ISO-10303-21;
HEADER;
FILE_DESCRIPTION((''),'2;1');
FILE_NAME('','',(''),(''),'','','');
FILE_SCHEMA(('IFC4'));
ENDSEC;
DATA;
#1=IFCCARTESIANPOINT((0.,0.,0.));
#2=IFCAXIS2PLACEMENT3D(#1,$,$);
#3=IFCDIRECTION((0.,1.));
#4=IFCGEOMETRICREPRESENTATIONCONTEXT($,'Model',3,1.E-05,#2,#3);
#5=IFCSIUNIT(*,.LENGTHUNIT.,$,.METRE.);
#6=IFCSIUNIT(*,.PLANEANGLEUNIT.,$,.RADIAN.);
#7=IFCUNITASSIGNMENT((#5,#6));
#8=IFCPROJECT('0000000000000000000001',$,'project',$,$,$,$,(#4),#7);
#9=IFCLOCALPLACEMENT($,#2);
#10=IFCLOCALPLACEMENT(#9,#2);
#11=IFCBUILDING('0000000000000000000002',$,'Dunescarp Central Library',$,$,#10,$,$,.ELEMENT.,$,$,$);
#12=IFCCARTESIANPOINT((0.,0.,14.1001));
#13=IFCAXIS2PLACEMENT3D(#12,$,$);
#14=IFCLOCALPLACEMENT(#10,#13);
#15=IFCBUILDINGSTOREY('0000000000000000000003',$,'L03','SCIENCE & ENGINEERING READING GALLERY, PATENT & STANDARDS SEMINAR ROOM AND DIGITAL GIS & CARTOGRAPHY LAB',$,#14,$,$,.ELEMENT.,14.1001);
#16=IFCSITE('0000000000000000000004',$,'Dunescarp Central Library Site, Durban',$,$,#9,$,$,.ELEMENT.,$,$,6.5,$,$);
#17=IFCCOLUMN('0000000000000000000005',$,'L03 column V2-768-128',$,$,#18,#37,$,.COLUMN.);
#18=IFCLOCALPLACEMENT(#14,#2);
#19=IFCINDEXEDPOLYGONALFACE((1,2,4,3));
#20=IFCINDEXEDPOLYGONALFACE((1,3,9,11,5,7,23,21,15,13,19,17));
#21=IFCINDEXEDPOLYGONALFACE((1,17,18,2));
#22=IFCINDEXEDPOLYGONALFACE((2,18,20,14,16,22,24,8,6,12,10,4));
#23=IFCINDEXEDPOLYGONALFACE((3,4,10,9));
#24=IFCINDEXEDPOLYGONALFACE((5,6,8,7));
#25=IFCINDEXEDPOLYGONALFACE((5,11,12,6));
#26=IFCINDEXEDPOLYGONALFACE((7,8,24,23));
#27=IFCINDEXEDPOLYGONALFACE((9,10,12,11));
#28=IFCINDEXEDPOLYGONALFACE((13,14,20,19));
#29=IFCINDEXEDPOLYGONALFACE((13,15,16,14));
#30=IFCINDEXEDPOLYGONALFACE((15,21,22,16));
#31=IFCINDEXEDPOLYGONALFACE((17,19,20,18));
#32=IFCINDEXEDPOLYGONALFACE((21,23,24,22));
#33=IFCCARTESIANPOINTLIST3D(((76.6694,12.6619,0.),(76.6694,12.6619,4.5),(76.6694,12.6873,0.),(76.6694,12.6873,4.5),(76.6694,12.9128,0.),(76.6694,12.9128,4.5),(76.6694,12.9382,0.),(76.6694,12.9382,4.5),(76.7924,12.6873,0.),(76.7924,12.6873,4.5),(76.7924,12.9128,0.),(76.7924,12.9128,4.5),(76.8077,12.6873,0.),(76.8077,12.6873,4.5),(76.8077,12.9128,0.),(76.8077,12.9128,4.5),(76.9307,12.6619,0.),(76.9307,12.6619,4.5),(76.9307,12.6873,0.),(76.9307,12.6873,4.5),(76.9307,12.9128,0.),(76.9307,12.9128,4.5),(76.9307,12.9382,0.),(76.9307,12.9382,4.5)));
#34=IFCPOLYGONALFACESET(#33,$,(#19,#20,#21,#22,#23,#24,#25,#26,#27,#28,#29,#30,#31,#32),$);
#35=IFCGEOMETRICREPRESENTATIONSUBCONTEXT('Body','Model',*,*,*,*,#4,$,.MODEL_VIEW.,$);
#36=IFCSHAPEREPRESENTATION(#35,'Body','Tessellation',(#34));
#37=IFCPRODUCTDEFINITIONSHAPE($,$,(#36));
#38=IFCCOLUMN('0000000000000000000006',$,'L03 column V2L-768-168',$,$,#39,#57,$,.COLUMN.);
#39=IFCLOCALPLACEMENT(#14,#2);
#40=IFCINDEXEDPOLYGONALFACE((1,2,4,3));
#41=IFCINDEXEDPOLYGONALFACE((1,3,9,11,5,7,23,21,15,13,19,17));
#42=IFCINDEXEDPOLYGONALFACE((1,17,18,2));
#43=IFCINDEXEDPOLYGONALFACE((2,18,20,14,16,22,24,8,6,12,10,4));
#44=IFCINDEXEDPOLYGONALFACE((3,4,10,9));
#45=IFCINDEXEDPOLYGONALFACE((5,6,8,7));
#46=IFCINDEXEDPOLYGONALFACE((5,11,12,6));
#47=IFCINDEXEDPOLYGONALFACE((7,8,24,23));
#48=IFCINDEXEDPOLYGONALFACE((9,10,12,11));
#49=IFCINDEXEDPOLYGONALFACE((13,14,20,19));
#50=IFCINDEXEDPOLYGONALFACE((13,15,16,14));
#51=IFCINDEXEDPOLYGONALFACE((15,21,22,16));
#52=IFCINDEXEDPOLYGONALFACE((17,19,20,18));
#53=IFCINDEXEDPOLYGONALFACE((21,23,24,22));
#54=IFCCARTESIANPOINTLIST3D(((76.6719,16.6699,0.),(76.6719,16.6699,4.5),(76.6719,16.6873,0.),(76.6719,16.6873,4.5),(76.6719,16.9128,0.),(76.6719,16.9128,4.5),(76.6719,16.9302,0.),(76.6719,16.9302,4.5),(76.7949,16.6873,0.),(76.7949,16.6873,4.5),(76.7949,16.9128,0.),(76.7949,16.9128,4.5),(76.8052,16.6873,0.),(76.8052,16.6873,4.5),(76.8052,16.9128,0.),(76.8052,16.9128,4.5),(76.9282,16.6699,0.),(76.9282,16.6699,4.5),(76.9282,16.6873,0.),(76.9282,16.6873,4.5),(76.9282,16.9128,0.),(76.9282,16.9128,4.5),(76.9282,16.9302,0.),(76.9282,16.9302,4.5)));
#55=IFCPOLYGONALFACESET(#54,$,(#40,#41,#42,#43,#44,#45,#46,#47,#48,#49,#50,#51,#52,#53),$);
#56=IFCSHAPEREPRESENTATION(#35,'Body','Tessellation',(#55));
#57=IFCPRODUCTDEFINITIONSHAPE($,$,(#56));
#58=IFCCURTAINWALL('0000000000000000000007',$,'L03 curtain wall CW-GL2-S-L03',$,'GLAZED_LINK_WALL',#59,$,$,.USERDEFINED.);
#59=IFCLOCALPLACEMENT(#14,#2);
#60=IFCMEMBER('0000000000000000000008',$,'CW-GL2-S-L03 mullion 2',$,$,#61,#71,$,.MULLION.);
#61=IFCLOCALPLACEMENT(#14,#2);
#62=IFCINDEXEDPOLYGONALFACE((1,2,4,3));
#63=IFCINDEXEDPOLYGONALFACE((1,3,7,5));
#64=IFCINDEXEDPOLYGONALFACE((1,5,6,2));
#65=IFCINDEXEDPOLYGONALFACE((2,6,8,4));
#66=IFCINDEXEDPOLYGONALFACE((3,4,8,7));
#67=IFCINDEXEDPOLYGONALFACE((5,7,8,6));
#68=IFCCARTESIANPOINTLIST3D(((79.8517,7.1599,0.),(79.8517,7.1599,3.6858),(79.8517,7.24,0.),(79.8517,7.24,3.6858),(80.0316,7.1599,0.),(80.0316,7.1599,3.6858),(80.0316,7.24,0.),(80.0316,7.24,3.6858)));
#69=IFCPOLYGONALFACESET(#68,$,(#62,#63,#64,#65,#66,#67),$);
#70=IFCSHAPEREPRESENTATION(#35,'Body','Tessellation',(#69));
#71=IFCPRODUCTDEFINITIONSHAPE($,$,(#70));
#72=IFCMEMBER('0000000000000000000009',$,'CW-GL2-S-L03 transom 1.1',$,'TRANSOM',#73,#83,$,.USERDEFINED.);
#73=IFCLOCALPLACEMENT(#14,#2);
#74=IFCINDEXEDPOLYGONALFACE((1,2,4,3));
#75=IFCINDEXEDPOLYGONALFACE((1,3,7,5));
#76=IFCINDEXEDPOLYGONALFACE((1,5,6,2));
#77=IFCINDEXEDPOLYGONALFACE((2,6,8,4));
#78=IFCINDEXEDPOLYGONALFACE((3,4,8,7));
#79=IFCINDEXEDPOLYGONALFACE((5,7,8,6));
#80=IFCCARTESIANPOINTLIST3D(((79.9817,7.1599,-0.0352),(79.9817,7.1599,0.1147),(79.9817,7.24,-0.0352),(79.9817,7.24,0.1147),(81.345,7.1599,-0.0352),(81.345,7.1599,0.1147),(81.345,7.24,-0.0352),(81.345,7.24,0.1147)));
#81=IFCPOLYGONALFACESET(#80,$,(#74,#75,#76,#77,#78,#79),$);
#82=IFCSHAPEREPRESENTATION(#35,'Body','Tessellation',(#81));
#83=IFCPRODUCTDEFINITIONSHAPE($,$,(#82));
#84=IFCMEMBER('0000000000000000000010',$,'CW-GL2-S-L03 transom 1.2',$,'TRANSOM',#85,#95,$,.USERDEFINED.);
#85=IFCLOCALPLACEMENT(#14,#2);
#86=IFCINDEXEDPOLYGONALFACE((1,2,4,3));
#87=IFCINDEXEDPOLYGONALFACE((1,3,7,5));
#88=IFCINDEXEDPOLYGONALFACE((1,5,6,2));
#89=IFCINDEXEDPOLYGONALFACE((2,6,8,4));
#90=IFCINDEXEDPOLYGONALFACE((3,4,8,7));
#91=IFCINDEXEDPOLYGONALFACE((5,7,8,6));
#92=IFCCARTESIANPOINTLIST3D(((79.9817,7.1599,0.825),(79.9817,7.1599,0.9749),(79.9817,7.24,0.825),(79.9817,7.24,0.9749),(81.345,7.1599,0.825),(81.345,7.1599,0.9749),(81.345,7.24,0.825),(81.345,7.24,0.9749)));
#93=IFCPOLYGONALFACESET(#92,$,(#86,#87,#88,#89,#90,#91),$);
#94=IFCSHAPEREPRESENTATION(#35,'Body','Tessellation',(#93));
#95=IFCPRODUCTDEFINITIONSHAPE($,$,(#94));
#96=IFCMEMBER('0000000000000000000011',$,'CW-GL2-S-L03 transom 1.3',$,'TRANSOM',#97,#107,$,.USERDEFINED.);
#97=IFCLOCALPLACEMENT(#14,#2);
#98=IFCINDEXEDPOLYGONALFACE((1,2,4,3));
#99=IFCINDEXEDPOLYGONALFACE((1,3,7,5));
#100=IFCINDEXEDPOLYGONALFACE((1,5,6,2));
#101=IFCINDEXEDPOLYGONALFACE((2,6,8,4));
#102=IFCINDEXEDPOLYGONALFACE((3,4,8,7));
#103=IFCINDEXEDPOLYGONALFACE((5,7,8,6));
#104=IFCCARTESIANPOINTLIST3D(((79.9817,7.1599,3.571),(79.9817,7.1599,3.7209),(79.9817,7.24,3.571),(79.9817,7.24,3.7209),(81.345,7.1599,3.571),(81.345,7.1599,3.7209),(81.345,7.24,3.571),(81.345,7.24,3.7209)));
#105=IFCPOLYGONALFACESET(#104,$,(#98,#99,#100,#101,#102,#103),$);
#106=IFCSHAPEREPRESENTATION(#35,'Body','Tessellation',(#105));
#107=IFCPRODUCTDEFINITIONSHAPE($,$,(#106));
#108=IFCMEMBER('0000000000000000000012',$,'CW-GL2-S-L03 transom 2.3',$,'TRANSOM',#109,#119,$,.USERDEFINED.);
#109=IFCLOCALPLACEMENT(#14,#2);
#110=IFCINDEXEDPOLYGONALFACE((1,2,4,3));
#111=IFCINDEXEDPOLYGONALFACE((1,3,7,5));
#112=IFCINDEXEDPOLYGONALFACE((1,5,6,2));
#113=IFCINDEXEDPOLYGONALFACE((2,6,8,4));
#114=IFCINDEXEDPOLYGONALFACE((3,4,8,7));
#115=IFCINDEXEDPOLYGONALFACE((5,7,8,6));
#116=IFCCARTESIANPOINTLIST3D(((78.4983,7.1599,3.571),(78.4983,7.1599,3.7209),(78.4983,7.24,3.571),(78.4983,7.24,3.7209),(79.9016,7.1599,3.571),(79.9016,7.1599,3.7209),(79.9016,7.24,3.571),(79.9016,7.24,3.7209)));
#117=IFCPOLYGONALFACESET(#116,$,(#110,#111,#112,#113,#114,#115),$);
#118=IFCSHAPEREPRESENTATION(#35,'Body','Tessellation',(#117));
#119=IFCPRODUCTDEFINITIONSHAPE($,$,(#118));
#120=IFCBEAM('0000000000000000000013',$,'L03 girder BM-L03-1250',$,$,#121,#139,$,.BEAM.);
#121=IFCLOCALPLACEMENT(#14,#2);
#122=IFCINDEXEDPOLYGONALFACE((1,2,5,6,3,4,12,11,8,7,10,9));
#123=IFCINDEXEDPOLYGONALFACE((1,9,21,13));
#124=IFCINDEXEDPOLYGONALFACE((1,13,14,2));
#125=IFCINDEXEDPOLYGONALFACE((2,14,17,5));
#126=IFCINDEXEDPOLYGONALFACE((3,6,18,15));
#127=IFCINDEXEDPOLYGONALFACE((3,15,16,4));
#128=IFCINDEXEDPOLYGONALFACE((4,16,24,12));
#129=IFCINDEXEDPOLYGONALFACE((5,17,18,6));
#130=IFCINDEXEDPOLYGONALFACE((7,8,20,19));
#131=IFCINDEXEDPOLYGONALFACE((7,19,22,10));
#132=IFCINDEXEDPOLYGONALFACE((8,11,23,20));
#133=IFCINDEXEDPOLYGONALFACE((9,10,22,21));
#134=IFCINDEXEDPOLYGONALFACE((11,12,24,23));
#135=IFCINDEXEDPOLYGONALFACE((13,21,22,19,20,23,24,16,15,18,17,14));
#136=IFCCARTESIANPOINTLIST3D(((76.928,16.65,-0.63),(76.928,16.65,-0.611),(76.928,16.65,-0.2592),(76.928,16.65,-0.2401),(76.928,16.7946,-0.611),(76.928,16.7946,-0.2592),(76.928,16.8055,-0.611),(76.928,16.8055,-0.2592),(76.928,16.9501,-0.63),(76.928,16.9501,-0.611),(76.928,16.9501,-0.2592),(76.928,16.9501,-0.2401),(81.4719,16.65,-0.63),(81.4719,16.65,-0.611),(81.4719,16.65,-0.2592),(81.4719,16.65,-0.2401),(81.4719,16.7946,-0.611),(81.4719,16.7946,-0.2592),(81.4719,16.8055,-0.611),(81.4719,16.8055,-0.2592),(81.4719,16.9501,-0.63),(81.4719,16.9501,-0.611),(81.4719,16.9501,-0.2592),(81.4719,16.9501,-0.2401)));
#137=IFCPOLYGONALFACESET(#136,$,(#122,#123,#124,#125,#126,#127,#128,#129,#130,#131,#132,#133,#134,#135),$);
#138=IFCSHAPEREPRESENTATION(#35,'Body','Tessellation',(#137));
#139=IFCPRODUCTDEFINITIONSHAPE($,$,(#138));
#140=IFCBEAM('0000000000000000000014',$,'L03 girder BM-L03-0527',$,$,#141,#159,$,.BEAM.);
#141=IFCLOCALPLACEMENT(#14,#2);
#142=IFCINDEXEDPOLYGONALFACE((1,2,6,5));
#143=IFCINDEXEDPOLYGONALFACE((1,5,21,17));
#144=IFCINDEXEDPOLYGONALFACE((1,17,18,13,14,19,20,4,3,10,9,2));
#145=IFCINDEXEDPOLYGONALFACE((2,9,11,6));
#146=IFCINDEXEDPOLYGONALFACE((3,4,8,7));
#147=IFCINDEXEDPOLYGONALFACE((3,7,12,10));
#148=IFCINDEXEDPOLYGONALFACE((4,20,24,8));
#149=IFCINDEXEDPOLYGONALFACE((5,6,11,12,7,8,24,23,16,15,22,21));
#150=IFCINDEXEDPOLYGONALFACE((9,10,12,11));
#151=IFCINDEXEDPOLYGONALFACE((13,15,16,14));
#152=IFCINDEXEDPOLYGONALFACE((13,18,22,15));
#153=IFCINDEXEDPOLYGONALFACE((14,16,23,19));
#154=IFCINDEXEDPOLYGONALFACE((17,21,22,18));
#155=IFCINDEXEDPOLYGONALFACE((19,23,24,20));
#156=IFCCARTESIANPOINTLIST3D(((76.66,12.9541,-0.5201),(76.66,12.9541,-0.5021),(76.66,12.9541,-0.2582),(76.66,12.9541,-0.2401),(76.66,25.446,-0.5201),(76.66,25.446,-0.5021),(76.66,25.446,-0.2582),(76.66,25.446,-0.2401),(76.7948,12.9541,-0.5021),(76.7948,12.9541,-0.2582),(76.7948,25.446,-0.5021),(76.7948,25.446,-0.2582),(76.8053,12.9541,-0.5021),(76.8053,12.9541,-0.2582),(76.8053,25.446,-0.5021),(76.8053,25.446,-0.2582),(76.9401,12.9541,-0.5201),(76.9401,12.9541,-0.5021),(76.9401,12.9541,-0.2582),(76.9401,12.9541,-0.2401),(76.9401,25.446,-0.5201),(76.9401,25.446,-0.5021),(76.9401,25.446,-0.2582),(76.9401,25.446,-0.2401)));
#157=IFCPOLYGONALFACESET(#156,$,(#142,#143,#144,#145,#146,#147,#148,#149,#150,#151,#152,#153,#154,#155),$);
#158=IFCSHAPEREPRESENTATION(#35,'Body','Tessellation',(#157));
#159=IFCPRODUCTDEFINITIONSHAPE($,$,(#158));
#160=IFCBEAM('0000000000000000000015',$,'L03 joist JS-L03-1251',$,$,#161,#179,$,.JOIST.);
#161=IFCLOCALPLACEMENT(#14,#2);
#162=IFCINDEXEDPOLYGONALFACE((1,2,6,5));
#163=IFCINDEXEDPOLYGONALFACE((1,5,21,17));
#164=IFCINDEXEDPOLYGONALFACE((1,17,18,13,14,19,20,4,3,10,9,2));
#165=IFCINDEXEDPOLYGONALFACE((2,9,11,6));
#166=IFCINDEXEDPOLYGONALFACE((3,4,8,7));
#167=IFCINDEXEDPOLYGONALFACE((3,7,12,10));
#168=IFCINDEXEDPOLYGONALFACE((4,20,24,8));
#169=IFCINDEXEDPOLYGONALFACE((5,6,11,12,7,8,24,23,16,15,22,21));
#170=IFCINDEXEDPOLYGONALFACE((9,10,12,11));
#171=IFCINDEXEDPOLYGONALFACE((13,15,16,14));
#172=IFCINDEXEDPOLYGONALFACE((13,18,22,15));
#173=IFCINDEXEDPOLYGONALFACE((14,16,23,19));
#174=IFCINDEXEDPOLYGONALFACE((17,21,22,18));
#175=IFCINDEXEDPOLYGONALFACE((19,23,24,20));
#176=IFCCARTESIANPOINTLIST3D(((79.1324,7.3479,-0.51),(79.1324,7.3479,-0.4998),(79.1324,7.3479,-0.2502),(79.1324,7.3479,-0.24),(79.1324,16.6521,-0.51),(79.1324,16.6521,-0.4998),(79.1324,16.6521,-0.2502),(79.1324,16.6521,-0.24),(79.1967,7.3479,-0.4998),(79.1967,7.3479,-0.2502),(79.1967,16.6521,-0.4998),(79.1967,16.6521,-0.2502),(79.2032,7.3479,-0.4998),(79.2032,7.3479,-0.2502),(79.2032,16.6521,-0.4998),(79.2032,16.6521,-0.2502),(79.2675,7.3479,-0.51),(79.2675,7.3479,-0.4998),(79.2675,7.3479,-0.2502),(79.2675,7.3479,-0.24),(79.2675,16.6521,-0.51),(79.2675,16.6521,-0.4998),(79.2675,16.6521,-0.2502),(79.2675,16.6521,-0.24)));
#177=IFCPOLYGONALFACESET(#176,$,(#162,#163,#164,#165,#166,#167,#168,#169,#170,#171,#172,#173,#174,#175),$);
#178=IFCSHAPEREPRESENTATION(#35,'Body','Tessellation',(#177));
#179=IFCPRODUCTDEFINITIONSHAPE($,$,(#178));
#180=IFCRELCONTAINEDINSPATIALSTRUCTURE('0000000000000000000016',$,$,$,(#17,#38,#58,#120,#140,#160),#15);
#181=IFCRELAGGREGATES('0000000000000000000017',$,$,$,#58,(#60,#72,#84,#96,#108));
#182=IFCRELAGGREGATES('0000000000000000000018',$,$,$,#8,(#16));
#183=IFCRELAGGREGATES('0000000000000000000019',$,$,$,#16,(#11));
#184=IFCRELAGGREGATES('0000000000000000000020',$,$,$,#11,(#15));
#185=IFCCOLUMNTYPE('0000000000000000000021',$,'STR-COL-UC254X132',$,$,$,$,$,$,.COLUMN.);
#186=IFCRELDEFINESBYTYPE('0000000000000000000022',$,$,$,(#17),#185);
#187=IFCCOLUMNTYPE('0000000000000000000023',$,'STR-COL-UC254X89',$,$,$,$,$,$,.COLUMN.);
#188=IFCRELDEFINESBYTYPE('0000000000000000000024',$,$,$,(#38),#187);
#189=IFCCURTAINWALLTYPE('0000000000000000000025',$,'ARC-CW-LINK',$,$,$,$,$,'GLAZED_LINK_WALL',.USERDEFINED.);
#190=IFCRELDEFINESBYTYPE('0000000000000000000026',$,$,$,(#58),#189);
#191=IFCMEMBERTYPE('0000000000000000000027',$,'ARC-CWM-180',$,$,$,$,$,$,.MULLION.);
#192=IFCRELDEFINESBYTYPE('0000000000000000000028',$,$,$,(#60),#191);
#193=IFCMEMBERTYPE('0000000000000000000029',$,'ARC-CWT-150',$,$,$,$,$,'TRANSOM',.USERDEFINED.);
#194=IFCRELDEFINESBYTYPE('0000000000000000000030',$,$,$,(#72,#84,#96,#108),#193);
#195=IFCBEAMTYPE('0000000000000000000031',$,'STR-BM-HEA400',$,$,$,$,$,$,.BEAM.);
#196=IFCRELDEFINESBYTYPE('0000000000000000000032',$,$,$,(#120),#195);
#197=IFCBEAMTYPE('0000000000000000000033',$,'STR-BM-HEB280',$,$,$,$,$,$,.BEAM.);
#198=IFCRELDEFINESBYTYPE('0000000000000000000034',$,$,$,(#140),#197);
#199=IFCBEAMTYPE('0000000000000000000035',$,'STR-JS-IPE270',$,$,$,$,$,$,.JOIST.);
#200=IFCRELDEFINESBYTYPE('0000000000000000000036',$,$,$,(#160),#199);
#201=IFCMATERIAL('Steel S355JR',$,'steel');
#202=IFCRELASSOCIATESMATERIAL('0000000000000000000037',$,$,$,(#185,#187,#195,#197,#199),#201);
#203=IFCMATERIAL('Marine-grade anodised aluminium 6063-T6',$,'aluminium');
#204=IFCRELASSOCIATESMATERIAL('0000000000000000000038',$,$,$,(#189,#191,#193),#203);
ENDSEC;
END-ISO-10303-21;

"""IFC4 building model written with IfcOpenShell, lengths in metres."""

from ifc_helpers import new_model, si_unit, direction, frame, origin, origin_2d, place, context, subcontext, project, spatial, rectangle, i_section, extrude, material, material_profile, profile_set, type_object, element, aggregate, save


model = new_model("IFC4")

# Units and contexts
model_context = context("Model", 3, precision=1e-05, world=origin(), true_north=direction((0.0, 1.0)))
body_context = subcontext(model_context, "Body", "Model", "MODEL_VIEW")
ifc_project = project(units=[si_unit("LENGTHUNIT", "METRE"), si_unit("PLANEANGLEUNIT", "RADIAN")], contexts=[model_context])

# Site, building, storey
site_placement = place(None, origin())
site = spatial("IfcSite", under=ifc_project, at=site_placement, Name="Dunescarp Central Library Site, Durban", CompositionType="ELEMENT", RefElevation=6.5)
building_placement = place(site_placement, origin())
building = spatial("IfcBuilding", under=site, at=building_placement, Name="Dunescarp Central Library", CompositionType="ELEMENT")
storey_placement = place(building_placement, frame((0.0, 0.0, 14.1001)))
storey = spatial("IfcBuildingStorey", under=building, at=storey_placement, Name="L03", Description="SCIENCE & ENGINEERING READING GALLERY, PATENT & STANDARDS SEMINAR ROOM AND DIGITAL GIS & CARTOGRAPHY LAB", CompositionType="ELEMENT", Elevation=14.1001)

# Columns
ifc_material_1 = material(Name="Steel S355JR", Category="steel")
ifc_material_profile_1 = material_profile(ifc_material_1, i_section(OverallWidth=0.2612, OverallDepth=0.2764, WebThickness=0.0154, FlangeThickness=0.0254, at=origin_2d()), Name="UC 254x254x132")
ifc_profile_set_1 = profile_set([ifc_material_profile_1], Name="Steel S355JR")
column_type_1 = type_object("IfcColumnType", Name="STR-COL-UC254X132", PredefinedType="COLUMN", material=ifc_profile_set_1)
column_1_placement = place(storey_placement, frame((76.8, 12.8, 0.0), z_axis=(0.0, 0.0, 1.0), x_axis=(1.0, 0.0, 0.0)))
element("IfcColumn", 1, at=column_1_placement, inside=storey, type_object=column_type_1, Name="L03 column V2-768-128", PredefinedType="COLUMN", context=body_context, shape_type="SweptSolid", body=[
    extrude(i_section(OverallWidth=0.2612, OverallDepth=0.2764, WebThickness=0.0154, FlangeThickness=0.0254, at=origin_2d()), origin(), (0.0, 0.0, 1.0), 4.5),
])
ifc_material_profile_2 = material_profile(ifc_material_1, i_section(OverallWidth=0.2563, OverallDepth=0.2603, WebThickness=0.0103, FlangeThickness=0.0173, at=origin_2d()), Name="UC 254x254x89")
ifc_profile_set_2 = profile_set([ifc_material_profile_2], Name="Steel S355JR")
column_type_2 = type_object("IfcColumnType", Name="STR-COL-UC254X89", PredefinedType="COLUMN", material=ifc_profile_set_2)
column_2_placement = place(storey_placement, frame((76.8, 16.8, 0.0), z_axis=(0.0, 0.0, 1.0), x_axis=(1.0, 0.0, 0.0)))
element("IfcColumn", 2, at=column_2_placement, inside=storey, type_object=column_type_2, Name="L03 column V2L-768-168", PredefinedType="COLUMN", context=body_context, shape_type="SweptSolid", body=[
    extrude(i_section(OverallWidth=0.2563, OverallDepth=0.2603, WebThickness=0.0103, FlangeThickness=0.0173, at=origin_2d()), origin(), (0.0, 0.0, 1.0), 4.5),
])

# Curtain wall, members
ifc_material_2 = material(Name="Marine-grade anodised aluminium 6063-T6", Category="aluminium")
curtain_wall_type = type_object("IfcCurtainWallType", Name="ARC-CW-LINK", ElementType="GLAZED_LINK_WALL", PredefinedType="USERDEFINED", material=ifc_material_2)
curtain_wall_placement = place(storey_placement, origin())
curtain_wall = element("IfcCurtainWall", 3, at=curtain_wall_placement, inside=storey, type_object=curtain_wall_type, Name="L03 curtain wall CW-GL2-S-L03", ObjectType="GLAZED_LINK_WALL", PredefinedType="USERDEFINED")
ifc_material_profile_3 = material_profile(ifc_material_2, rectangle(XDim=0.0801, YDim=0.1799, at=origin_2d()), Name="AL 80x180")
ifc_profile_set_3 = profile_set([ifc_material_profile_3], Name="Marine-grade anodised aluminium 6063-T6")
member_type_1 = type_object("IfcMemberType", Name="ARC-CWM-180", PredefinedType="MULLION", material=ifc_profile_set_3)
member_1_placement = place(storey_placement, frame((79.9417, 7.2, 0.0), z_axis=(0.0, 0.0, 1.0), x_axis=(0.0, -1.0, 0.0)))
member_1 = element("IfcMember", 4, at=member_1_placement, type_object=member_type_1, Name="CW-GL2-S-L03 mullion 2", PredefinedType="MULLION", context=body_context, shape_type="SweptSolid", body=[
    extrude(rectangle(XDim=0.0801, YDim=0.1799, at=origin_2d()), origin(), (0.0, 0.0, 1.0), 3.6858),
])
ifc_material_profile_4 = material_profile(ifc_material_2, rectangle(XDim=0.0801, YDim=0.1499, at=origin_2d()), Name="AL 80x150")
ifc_profile_set_4 = profile_set([ifc_material_profile_4], Name="Marine-grade anodised aluminium 6063-T6")
member_type_2 = type_object("IfcMemberType", Name="ARC-CWT-150", ElementType="TRANSOM", PredefinedType="USERDEFINED", material=ifc_profile_set_4)
member_2_placement = place(storey_placement, frame((81.345, 7.2, 0.0398), z_axis=(-1.0, 0.0, 0.0), x_axis=(0.0, -1.0, 0.0)))
member_2 = element("IfcMember", 5, at=member_2_placement, type_object=member_type_2, Name="CW-GL2-S-L03 transom 1.1", ObjectType="TRANSOM", PredefinedType="USERDEFINED", context=body_context, shape_type="SweptSolid", body=[
    extrude(rectangle(XDim=0.0801, YDim=0.1499, at=origin_2d()), origin(), (0.0, 0.0, 1.0), 1.3633),
])
member_3_placement = place(storey_placement, frame((81.345, 7.2, 0.8999), z_axis=(-1.0, 0.0, 0.0), x_axis=(0.0, -1.0, 0.0)))
member_3 = element("IfcMember", 6, at=member_3_placement, type_object=member_type_2, Name="CW-GL2-S-L03 transom 1.2", ObjectType="TRANSOM", PredefinedType="USERDEFINED", context=body_context, shape_type="SweptSolid", body=[
    extrude(rectangle(XDim=0.0801, YDim=0.1499, at=origin_2d()), origin(), (0.0, 0.0, 1.0), 1.3633),
])
member_4_placement = place(storey_placement, frame((81.345, 7.2, 3.646), z_axis=(-1.0, 0.0, 0.0), x_axis=(0.0, -1.0, 0.0)))
member_4 = element("IfcMember", 7, at=member_4_placement, type_object=member_type_2, Name="CW-GL2-S-L03 transom 1.3", ObjectType="TRANSOM", PredefinedType="USERDEFINED", context=body_context, shape_type="SweptSolid", body=[
    extrude(rectangle(XDim=0.0801, YDim=0.1499, at=origin_2d()), origin(), (0.0, 0.0, 1.0), 1.3633),
])
member_5_placement = place(storey_placement, frame((79.9016, 7.2, 3.646), z_axis=(-1.0, 0.0, 0.0), x_axis=(0.0, -1.0, 0.0)))
member_5 = element("IfcMember", 8, at=member_5_placement, type_object=member_type_2, Name="CW-GL2-S-L03 transom 2.3", ObjectType="TRANSOM", PredefinedType="USERDEFINED", context=body_context, shape_type="SweptSolid", body=[
    extrude(rectangle(XDim=0.0801, YDim=0.1499, at=origin_2d()), origin(), (0.0, 0.0, 1.0), 1.4033),
])

# Beams
ifc_material_profile_5 = material_profile(ifc_material_1, i_section(OverallWidth=0.3, OverallDepth=0.3899, WebThickness=0.011, FlangeThickness=0.019, at=origin_2d()), Name="HEA 400")
ifc_profile_set_5 = profile_set([ifc_material_profile_5], Name="Steel S355JR")
beam_type_1 = type_object("IfcBeamType", Name="STR-BM-HEA400", PredefinedType="BEAM", material=ifc_profile_set_5)
beam_1_placement = place(storey_placement, frame((76.928, 16.8, -0.4351), z_axis=(1.0, 0.0, 0.0), x_axis=(0.0, 1.0, 0.0)))
element("IfcBeam", 9, at=beam_1_placement, inside=storey, type_object=beam_type_1, Name="L03 girder BM-L03-1250", PredefinedType="BEAM", context=body_context, shape_type="SweptSolid", body=[
    extrude(i_section(OverallWidth=0.3, OverallDepth=0.3899, WebThickness=0.011, FlangeThickness=0.019, at=origin_2d()), origin(), (0.0, 0.0, 1.0), 4.5439),
])
ifc_material_profile_6 = material_profile(ifc_material_1, i_section(OverallWidth=0.28, OverallDepth=0.28, WebThickness=0.0105, FlangeThickness=0.0181, at=origin_2d()), Name="HEB 280")
ifc_profile_set_6 = profile_set([ifc_material_profile_6], Name="Steel S355JR")
beam_type_2 = type_object("IfcBeamType", Name="STR-BM-HEB280", PredefinedType="BEAM", material=ifc_profile_set_6)
beam_2_placement = place(storey_placement, frame((76.8, 12.9541, -0.3801), z_axis=(0.0, 1.0, 0.0), x_axis=(-1.0, 0.0, 0.0)))
element("IfcBeam", 10, at=beam_2_placement, inside=storey, type_object=beam_type_2, Name="L03 girder BM-L03-0527", PredefinedType="BEAM", context=body_context, shape_type="SweptSolid", body=[
    extrude(i_section(OverallWidth=0.28, OverallDepth=0.28, WebThickness=0.0105, FlangeThickness=0.0181, at=origin_2d()), origin(), (0.0, 0.0, 1.0), 12.4919),
])
ifc_material_profile_7 = material_profile(ifc_material_1, i_section(OverallWidth=0.135, OverallDepth=0.27, WebThickness=0.0066, FlangeThickness=0.0103, at=origin_2d()), Name="IPE 270")
ifc_profile_set_7 = profile_set([ifc_material_profile_7], Name="Steel S355JR")
beam_type_3 = type_object("IfcBeamType", Name="STR-JS-IPE270", PredefinedType="JOIST", material=ifc_profile_set_7)
beam_3_placement = place(storey_placement, frame((79.2, 7.3479, -0.375), z_axis=(0.0, 1.0, 0.0), x_axis=(-1.0, 0.0, 0.0)))
element("IfcBeam", 11, at=beam_3_placement, inside=storey, type_object=beam_type_3, Name="L03 joist JS-L03-1251", PredefinedType="JOIST", context=body_context, shape_type="SweptSolid", body=[
    extrude(i_section(OverallWidth=0.135, OverallDepth=0.27, WebThickness=0.0066, FlangeThickness=0.0103, at=origin_2d()), origin(), (0.0, 0.0, 1.0), 9.3042),
])

aggregate(curtain_wall, [member_1, member_2, member_3, member_4, member_5])

save(model, "model.ifc")
